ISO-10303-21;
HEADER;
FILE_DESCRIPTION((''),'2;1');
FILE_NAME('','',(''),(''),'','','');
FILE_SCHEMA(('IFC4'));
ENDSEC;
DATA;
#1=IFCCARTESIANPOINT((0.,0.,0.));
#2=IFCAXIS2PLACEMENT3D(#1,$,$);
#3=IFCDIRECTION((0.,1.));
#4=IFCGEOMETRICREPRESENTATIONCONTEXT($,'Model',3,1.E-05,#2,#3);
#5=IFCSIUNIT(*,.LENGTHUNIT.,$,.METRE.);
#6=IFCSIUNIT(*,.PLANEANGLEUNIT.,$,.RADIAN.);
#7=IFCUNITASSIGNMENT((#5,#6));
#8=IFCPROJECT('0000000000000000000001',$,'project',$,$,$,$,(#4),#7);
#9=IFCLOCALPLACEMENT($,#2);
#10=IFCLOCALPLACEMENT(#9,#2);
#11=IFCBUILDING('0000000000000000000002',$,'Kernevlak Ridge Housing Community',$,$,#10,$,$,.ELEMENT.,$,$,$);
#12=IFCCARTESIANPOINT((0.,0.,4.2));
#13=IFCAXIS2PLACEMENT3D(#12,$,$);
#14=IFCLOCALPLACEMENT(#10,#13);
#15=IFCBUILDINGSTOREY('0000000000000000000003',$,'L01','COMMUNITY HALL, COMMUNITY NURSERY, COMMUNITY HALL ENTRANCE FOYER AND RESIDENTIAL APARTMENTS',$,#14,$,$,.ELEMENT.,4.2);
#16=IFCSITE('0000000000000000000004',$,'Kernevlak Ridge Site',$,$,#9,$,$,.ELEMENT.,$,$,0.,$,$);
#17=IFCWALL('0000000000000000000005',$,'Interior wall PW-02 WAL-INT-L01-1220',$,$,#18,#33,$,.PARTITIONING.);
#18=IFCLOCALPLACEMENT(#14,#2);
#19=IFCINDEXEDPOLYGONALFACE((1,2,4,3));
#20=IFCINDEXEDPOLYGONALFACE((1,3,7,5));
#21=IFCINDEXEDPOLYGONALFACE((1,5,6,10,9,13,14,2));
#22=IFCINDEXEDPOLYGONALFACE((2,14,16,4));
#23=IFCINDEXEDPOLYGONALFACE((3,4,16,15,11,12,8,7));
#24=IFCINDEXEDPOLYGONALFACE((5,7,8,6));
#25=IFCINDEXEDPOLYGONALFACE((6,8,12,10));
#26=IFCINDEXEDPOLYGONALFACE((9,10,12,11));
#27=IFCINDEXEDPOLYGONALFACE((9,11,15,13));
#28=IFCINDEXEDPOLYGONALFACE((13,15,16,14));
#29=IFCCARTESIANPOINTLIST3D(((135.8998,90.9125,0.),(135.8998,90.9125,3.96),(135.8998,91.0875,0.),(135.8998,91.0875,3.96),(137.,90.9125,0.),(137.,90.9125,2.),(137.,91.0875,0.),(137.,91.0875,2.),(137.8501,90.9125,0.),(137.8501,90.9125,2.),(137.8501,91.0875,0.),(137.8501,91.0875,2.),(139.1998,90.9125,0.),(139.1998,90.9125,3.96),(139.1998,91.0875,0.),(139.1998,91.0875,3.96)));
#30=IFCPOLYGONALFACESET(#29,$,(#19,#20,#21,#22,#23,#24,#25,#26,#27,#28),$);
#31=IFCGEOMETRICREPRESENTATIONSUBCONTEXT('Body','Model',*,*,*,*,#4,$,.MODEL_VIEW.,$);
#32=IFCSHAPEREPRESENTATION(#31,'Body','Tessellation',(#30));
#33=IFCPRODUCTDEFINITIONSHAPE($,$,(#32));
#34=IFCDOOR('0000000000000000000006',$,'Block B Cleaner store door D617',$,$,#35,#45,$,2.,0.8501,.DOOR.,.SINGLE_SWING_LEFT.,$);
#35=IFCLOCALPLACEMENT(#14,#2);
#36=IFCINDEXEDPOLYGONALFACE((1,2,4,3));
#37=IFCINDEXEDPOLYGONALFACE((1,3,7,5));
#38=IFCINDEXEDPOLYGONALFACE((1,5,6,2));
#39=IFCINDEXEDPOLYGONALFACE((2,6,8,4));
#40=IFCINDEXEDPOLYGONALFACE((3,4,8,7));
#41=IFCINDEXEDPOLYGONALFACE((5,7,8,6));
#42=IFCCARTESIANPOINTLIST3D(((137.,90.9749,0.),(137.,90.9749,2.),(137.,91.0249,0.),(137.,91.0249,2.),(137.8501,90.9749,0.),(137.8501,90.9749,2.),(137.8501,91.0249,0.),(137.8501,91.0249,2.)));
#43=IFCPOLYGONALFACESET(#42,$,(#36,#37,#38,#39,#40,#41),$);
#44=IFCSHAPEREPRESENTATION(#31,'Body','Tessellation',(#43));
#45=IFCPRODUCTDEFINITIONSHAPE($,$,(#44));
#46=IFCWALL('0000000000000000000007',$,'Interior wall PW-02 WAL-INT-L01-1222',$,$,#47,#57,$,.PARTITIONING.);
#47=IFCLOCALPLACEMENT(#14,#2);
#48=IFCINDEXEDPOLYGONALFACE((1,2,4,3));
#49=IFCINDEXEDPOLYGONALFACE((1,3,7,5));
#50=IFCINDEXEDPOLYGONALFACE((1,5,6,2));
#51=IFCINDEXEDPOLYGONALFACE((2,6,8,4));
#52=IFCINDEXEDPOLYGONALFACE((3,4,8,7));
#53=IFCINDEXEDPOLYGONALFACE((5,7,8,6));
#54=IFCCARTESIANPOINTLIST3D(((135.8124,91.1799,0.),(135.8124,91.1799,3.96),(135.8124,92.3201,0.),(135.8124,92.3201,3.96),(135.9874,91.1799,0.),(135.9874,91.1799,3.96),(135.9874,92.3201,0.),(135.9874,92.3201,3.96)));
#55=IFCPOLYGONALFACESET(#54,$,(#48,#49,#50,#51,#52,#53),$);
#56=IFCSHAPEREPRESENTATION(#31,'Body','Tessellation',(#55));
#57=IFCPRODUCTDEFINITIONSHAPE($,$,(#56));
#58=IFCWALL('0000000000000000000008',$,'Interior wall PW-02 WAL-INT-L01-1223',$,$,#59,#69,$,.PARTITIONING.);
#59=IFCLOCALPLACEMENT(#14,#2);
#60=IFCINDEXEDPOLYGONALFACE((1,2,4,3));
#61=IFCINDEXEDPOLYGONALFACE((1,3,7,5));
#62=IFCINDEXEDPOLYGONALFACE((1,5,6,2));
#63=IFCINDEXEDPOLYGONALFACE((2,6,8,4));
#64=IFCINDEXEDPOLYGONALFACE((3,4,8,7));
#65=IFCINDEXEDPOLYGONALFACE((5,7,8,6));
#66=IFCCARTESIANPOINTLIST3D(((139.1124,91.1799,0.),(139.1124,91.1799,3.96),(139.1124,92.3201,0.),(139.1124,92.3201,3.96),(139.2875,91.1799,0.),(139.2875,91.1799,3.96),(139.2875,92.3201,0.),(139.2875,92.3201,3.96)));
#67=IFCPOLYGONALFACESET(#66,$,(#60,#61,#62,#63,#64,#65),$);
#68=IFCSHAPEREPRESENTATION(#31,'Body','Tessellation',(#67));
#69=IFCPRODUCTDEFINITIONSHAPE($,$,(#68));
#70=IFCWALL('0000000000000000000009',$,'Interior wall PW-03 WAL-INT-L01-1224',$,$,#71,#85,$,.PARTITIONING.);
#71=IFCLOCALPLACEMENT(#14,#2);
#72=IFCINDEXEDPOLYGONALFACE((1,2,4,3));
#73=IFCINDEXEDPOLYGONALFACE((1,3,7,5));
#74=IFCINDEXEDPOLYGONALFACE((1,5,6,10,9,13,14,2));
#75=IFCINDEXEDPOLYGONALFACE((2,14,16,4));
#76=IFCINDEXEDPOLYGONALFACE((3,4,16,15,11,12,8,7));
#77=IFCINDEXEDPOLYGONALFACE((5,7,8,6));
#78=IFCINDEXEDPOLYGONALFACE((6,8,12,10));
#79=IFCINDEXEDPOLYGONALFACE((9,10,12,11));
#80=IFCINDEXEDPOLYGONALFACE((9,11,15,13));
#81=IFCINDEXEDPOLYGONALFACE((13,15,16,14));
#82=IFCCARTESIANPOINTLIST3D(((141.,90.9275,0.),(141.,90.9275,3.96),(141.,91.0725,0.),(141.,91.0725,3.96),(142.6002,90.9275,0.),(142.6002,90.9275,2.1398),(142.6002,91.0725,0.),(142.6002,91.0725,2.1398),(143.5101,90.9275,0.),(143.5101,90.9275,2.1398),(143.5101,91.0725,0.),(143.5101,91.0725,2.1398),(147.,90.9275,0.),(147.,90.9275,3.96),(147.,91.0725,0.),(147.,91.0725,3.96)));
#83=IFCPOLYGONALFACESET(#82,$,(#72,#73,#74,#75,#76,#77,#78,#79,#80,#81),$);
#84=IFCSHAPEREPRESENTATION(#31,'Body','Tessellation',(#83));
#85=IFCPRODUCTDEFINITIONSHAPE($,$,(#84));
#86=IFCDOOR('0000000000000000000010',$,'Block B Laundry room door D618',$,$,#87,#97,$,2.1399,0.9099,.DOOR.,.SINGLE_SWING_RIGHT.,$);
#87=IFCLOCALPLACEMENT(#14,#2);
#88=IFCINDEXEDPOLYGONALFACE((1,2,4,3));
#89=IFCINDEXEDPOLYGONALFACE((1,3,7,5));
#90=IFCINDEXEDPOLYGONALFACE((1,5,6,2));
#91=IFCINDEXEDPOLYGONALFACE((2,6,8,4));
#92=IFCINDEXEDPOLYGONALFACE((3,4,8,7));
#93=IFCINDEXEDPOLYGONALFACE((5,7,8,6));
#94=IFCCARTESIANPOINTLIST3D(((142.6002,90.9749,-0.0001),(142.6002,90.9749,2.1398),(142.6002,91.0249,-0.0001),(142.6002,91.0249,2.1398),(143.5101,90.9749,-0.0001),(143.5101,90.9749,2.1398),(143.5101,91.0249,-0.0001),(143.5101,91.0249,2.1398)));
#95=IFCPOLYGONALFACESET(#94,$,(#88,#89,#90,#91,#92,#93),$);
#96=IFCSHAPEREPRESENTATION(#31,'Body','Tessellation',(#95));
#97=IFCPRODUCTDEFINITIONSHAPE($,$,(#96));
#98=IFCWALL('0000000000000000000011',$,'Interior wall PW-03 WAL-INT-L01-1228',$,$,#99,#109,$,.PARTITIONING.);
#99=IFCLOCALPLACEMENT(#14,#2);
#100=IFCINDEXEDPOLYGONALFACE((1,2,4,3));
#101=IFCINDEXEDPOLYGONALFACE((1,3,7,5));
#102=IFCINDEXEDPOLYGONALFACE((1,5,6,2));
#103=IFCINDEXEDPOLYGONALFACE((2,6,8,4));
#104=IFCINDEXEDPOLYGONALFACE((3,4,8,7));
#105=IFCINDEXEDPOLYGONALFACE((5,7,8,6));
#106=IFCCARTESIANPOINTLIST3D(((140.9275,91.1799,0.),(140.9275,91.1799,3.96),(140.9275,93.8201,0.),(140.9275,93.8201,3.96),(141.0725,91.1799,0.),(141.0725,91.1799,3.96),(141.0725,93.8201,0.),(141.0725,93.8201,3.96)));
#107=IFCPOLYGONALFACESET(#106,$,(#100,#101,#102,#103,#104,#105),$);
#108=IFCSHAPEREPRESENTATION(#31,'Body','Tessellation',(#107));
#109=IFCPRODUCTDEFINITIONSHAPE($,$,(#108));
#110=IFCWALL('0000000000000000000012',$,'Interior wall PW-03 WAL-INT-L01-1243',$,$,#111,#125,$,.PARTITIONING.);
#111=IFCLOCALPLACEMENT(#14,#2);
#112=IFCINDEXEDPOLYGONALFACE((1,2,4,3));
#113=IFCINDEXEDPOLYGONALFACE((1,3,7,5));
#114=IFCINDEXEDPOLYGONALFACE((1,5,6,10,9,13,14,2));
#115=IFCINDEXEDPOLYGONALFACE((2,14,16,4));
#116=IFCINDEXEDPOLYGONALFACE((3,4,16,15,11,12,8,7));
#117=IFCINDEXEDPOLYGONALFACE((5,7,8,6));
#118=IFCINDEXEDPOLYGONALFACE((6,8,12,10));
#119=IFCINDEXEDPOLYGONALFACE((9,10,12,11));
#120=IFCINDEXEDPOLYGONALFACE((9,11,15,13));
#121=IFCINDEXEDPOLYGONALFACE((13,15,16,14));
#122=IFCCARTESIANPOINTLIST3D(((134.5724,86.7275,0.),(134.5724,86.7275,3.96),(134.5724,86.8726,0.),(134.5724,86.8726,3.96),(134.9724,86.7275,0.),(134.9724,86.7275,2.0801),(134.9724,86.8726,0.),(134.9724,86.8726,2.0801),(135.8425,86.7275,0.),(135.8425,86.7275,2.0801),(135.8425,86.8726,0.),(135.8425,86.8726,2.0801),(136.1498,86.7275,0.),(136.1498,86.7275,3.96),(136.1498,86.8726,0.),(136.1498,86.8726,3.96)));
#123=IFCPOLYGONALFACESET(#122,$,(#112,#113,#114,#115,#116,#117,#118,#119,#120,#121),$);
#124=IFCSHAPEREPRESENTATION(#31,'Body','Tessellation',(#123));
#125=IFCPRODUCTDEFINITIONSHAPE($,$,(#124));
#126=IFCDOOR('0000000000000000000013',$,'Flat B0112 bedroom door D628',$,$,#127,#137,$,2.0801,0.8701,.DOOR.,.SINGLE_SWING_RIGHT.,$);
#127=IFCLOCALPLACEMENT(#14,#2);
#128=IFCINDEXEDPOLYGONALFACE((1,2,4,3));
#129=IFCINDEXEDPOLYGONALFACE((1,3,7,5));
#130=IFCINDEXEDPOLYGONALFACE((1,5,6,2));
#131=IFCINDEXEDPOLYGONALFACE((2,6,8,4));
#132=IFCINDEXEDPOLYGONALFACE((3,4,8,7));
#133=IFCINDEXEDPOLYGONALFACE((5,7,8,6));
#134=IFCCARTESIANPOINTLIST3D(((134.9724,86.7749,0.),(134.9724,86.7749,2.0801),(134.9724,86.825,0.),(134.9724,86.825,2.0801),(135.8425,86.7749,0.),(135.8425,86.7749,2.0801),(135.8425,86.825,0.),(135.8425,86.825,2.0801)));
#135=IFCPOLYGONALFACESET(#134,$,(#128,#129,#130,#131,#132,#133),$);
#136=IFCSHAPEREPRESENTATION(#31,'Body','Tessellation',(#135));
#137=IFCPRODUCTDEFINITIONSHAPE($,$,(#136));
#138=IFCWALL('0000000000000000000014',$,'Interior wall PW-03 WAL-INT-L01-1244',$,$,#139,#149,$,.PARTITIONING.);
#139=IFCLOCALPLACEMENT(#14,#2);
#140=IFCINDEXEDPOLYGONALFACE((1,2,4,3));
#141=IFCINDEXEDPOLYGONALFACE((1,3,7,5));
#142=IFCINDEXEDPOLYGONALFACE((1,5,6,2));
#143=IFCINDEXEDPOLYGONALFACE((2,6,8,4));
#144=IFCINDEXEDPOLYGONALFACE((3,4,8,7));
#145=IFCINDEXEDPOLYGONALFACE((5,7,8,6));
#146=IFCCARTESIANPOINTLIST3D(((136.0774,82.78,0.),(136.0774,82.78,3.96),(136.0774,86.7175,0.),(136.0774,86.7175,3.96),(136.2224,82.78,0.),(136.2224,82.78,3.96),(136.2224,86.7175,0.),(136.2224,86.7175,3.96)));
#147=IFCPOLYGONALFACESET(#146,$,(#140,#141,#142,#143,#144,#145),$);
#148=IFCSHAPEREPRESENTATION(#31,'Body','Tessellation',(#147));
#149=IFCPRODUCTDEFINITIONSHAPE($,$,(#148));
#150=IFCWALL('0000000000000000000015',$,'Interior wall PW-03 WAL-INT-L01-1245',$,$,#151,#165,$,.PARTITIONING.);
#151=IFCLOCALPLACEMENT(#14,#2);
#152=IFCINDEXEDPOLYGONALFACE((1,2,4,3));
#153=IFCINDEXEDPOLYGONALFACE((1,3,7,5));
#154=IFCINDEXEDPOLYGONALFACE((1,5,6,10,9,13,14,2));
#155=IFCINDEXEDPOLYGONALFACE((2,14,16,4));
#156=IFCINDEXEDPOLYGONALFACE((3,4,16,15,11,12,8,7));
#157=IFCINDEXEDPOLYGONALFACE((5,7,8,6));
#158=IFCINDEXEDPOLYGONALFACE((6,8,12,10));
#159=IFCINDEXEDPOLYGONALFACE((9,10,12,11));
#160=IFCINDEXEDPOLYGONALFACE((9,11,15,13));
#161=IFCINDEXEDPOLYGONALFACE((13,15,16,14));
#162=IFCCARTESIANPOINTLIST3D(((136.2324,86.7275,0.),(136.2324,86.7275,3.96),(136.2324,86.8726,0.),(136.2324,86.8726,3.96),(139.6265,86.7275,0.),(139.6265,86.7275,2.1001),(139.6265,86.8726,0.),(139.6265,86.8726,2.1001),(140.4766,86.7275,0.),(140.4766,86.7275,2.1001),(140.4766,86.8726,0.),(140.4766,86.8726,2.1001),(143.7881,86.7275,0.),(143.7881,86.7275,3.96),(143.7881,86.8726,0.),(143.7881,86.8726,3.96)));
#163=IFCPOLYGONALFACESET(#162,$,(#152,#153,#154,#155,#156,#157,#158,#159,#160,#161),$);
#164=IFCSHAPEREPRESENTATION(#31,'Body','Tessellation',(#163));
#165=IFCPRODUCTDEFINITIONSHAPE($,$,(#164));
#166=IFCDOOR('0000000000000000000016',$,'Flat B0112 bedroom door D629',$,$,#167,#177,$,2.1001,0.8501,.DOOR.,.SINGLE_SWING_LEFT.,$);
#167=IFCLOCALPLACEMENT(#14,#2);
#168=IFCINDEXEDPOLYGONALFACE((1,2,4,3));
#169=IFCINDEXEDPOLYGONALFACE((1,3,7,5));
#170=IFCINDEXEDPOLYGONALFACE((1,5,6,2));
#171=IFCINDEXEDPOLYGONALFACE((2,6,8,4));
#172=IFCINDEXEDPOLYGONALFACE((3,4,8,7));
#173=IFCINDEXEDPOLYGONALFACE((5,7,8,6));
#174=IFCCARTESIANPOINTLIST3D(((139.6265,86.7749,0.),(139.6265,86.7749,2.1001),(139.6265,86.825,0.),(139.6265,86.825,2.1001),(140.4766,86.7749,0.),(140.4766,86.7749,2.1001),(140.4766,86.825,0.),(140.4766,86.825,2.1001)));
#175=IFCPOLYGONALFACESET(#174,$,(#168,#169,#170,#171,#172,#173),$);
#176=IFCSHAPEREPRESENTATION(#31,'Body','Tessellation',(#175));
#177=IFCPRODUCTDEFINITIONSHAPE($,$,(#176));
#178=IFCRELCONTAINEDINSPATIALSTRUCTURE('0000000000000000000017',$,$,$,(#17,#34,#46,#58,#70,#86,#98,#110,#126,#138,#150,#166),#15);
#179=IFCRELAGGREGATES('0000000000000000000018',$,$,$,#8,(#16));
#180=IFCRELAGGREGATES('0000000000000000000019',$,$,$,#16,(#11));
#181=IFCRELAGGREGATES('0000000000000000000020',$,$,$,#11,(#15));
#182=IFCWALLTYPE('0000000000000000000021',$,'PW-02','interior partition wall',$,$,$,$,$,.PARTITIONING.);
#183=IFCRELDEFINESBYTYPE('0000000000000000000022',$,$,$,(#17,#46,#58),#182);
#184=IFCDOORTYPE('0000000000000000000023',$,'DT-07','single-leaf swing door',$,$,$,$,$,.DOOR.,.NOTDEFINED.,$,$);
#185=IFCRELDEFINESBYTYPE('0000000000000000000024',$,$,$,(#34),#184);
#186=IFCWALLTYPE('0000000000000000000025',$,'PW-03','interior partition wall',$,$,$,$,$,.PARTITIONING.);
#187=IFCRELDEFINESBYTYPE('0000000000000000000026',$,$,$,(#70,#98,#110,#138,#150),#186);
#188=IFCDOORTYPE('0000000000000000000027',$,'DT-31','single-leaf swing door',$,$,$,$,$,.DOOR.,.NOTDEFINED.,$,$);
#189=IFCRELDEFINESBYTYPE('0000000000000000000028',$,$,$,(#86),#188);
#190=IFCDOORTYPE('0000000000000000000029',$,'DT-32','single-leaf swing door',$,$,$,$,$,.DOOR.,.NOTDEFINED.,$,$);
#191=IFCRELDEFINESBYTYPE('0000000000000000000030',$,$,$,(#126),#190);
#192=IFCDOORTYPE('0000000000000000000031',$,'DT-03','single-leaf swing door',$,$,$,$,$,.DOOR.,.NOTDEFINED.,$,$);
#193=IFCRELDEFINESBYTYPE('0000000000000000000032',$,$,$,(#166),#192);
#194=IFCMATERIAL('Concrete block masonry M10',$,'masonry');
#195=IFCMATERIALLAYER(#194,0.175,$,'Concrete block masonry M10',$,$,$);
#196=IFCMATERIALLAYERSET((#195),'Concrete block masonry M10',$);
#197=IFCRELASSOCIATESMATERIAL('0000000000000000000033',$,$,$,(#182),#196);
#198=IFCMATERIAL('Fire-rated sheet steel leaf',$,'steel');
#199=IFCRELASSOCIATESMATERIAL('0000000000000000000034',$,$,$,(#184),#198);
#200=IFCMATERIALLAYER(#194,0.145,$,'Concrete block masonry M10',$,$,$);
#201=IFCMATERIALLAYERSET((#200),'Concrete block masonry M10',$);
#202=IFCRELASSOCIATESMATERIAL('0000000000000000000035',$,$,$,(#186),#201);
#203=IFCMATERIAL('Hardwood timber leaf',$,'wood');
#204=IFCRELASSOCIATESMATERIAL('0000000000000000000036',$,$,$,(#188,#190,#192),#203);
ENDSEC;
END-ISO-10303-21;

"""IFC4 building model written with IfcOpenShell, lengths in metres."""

from ifc_helpers import new_model, si_unit, direction, frame, frame_2d, origin, place, context, subcontext, project, spatial, rectangle, extrude, material, layer, layer_set, type_object, element, fill, save


model = new_model("IFC4")

# Units and contexts
model_context = context("Model", 3, precision=1e-05, world=origin(), true_north=direction((0.0, 1.0)))
body_context = subcontext(model_context, "Body", "Model", "MODEL_VIEW")
ifc_project = project(units=[si_unit("LENGTHUNIT", "METRE"), si_unit("PLANEANGLEUNIT", "RADIAN")], contexts=[model_context])

# Site, building, storey
site_placement = place(None, origin())
site = spatial("IfcSite", under=ifc_project, at=site_placement, Name="Kernevlak Ridge Site", CompositionType="ELEMENT", RefElevation=0.0)
building_placement = place(site_placement, origin())
building = spatial("IfcBuilding", under=site, at=building_placement, Name="Kernevlak Ridge Housing Community", CompositionType="ELEMENT")
storey_placement = place(building_placement, frame((0.0, 0.0, 4.2)))
storey = spatial("IfcBuildingStorey", under=building, at=storey_placement, Name="L01", Description="COMMUNITY HALL, COMMUNITY NURSERY, COMMUNITY HALL ENTRANCE FOYER AND RESIDENTIAL APARTMENTS", CompositionType="ELEMENT", Elevation=4.2)

# Shared definitions
ifc_material_1 = material(Name="Concrete block masonry M10", Category="masonry")

# Wall, opening, door
ifc_layer_1 = layer(ifc_material_1, 0.175, Name="Concrete block masonry M10")
ifc_layer_set_1 = layer_set([ifc_layer_1], Name="Concrete block masonry M10")
wall_type_1 = type_object("IfcWallType", Name="PW-02", Description="interior partition wall", PredefinedType="PARTITIONING", material=ifc_layer_set_1)
wall_1_placement = place(storey_placement, frame((135.8999, 91.0, 0.0), z_axis=(0.0, 0.0, 1.0), x_axis=(1.0, 0.0, 0.0)))
wall_1 = element("IfcWall", 1, at=wall_1_placement, inside=storey, type_object=wall_type_1, Name="Interior wall PW-02 WAL-INT-L01-1220", PredefinedType="PARTITIONING", context=body_context, shape_type="SweptSolid", body=[
    extrude(rectangle(XDim=3.3, YDim=0.175, at=frame_2d((1.6499, 0.0))), origin(), (0.0, 0.0, 1.0), 3.96),
])
opening_1_placement = place(wall_1_placement, frame((1.1001, 0.0, 0.0)))
opening_1 = element("IfcOpeningElement", 2, at=opening_1_placement, cuts=wall_1, PredefinedType="OPENING", context=body_context, shape_type="SweptSolid", body=[
    extrude(rectangle(XDim=0.8501, YDim=2.0, at=frame_2d((0.425, 1.0))), frame((0.0, 0.0974, 0.0), z_axis=(0.0, -1.0, 0.0), x_axis=(1.0, 0.0, 0.0)), (0.0, 0.0, 1.0), 0.1951),
])
ifc_material_2 = material(Name="Fire-rated sheet steel leaf", Category="steel")
door_type_1 = type_object("IfcDoorType", Name="DT-07", Description="single-leaf swing door", OperationType="NOTDEFINED", PredefinedType="DOOR", material=ifc_material_2)
door_1_placement = place(opening_1_placement, origin())
door_1 = element("IfcDoor", 3, at=door_1_placement, inside=storey, type_object=door_type_1, Name="Block B Cleaner store door D617", OperationType="SINGLE_SWING_LEFT", OverallHeight=2.0, OverallWidth=0.8501, PredefinedType="DOOR", context=body_context, shape_type="SweptSolid", body=[
    extrude(rectangle(XDim=0.8501, YDim=2.0, at=frame_2d((0.425, 1.0))), frame((0.0, 0.0249, 0.0), z_axis=(0.0, -1.0, 0.0), x_axis=(1.0, 0.0, 0.0)), (0.0, 0.0, 1.0), 0.05),
])
fill(opening_1, door_1)

# Walls
for number, where, z_axis, x_axis, name in (
    (4, (135.8999, 91.1799, 0.0), (0.0, 0.0, 1.0), (0.0, 1.0, 0.0), "Interior wall PW-02 WAL-INT-L01-1222"),
    (5, (139.2, 91.1799, 0.0), (0.0, 0.0, 1.0), (0.0, 1.0, 0.0), "Interior wall PW-02 WAL-INT-L01-1223"),
):
    element("IfcWall", number, at=place(storey_placement, frame(where, z_axis=z_axis, x_axis=x_axis)), inside=storey, type_object=wall_type_1, Name=name, PredefinedType="PARTITIONING", context=body_context, shape_type="SweptSolid", body=[
        extrude(rectangle(XDim=1.1401, YDim=0.175, at=frame_2d((0.5701, 0.0))), origin(), (0.0, 0.0, 1.0), 3.96),
    ])

# Wall, opening, door
ifc_layer_2 = layer(ifc_material_1, 0.145, Name="Concrete block masonry M10")
ifc_layer_set_2 = layer_set([ifc_layer_2], Name="Concrete block masonry M10")
wall_type_2 = type_object("IfcWallType", Name="PW-03", Description="interior partition wall", PredefinedType="PARTITIONING", material=ifc_layer_set_2)
wall_2_placement = place(storey_placement, frame((141.0, 91.0, 0.0), z_axis=(0.0, 0.0, 1.0), x_axis=(1.0, 0.0, 0.0)))
wall_2 = element("IfcWall", 6, at=wall_2_placement, inside=storey, type_object=wall_type_2, Name="Interior wall PW-03 WAL-INT-L01-1224", PredefinedType="PARTITIONING", context=body_context, shape_type="SweptSolid", body=[
    extrude(rectangle(XDim=6.0, YDim=0.145, at=frame_2d((3.0, 0.0))), origin(), (0.0, 0.0, 1.0), 3.96),
])
opening_2_placement = place(wall_2_placement, frame((1.6001, 0.0, 0.0)))
opening_2 = element("IfcOpeningElement", 7, at=opening_2_placement, cuts=wall_2, PredefinedType="OPENING", context=body_context, shape_type="SweptSolid", body=[
    extrude(rectangle(XDim=0.9099, YDim=2.1399, at=frame_2d((0.4551, 1.0698))), frame((0.0, 0.0825, 0.0), z_axis=(0.0, -1.0, 0.0), x_axis=(1.0, 0.0, 0.0)), (0.0, 0.0, 1.0), 0.165),
])
ifc_material_3 = material(Name="Hardwood timber leaf", Category="wood")
door_type_2 = type_object("IfcDoorType", Name="DT-31", Description="single-leaf swing door", OperationType="NOTDEFINED", PredefinedType="DOOR", material=ifc_material_3)
door_2_placement = place(opening_2_placement, origin())
door_2 = element("IfcDoor", 8, at=door_2_placement, inside=storey, type_object=door_type_2, Name="Block B Laundry room door D618", OperationType="SINGLE_SWING_RIGHT", OverallHeight=2.1399, OverallWidth=0.9099, PredefinedType="DOOR", context=body_context, shape_type="SweptSolid", body=[
    extrude(rectangle(XDim=0.9099, YDim=2.1399, at=frame_2d((0.4551, 1.0698))), frame((0.0, 0.0249, 0.0), z_axis=(0.0, -1.0, 0.0), x_axis=(1.0, 0.0, 0.0)), (0.0, 0.0, 1.0), 0.05),
])
fill(opening_2, door_2)

# Wall
wall_3_placement = place(storey_placement, frame((141.0, 91.1799, 0.0), z_axis=(0.0, 0.0, 1.0), x_axis=(0.0, 1.0, 0.0)))
element("IfcWall", 9, at=wall_3_placement, inside=storey, type_object=wall_type_2, Name="Interior wall PW-03 WAL-INT-L01-1228", PredefinedType="PARTITIONING", context=body_context, shape_type="SweptSolid", body=[
    extrude(rectangle(XDim=2.6401, YDim=0.145, at=frame_2d((1.3201, 0.0))), origin(), (0.0, 0.0, 1.0), 3.96),
])

# Wall, opening, door
wall_4_placement = place(storey_placement, frame((134.5725, 86.8, 0.0), z_axis=(0.0, 0.0, 1.0), x_axis=(1.0, 0.0, 0.0)))
wall_4 = element("IfcWall", 10, at=wall_4_placement, inside=storey, type_object=wall_type_2, Name="Interior wall PW-03 WAL-INT-L01-1243", PredefinedType="PARTITIONING", context=body_context, shape_type="SweptSolid", body=[
    extrude(rectangle(XDim=1.5774, YDim=0.145, at=frame_2d((0.7886, 0.0))), origin(), (0.0, 0.0, 1.0), 3.96),
])
opening_3_placement = place(wall_4_placement, frame((0.3999, 0.0, 0.0)))
opening_3 = element("IfcOpeningElement", 11, at=opening_3_placement, cuts=wall_4, PredefinedType="OPENING", context=body_context, shape_type="SweptSolid", body=[
    extrude(rectangle(XDim=0.8701, YDim=2.0801, at=frame_2d((0.4351, 1.04))), frame((0.0, 0.0825, 0.0), z_axis=(0.0, -1.0, 0.0), x_axis=(1.0, 0.0, 0.0)), (0.0, 0.0, 1.0), 0.165),
])
door_type_3 = type_object("IfcDoorType", Name="DT-32", Description="single-leaf swing door", OperationType="NOTDEFINED", PredefinedType="DOOR", material=ifc_material_3)
door_3_placement = place(opening_3_placement, origin())
door_3 = element("IfcDoor", 12, at=door_3_placement, inside=storey, type_object=door_type_3, Name="Flat B0112 bedroom door D628", OperationType="SINGLE_SWING_RIGHT", OverallHeight=2.0801, OverallWidth=0.8701, PredefinedType="DOOR", context=body_context, shape_type="SweptSolid", body=[
    extrude(rectangle(XDim=0.8701, YDim=2.0801, at=frame_2d((0.4351, 1.04))), frame((0.0, 0.0249, 0.0), z_axis=(0.0, -1.0, 0.0), x_axis=(1.0, 0.0, 0.0)), (0.0, 0.0, 1.0), 0.05),
])
fill(opening_3, door_3)

# Wall
wall_5_placement = place(storey_placement, frame((136.1499, 86.7175, 0.0), z_axis=(0.0, 0.0, 1.0), x_axis=(0.0, -1.0, 0.0)))
element("IfcWall", 13, at=wall_5_placement, inside=storey, type_object=wall_type_2, Name="Interior wall PW-03 WAL-INT-L01-1244", PredefinedType="PARTITIONING", context=body_context, shape_type="SweptSolid", body=[
    extrude(rectangle(XDim=3.9375, YDim=0.145, at=frame_2d((1.9688, 0.0))), origin(), (0.0, 0.0, 1.0), 3.96),
])

# Wall, opening, door
wall_6_placement = place(storey_placement, frame((136.2324, 86.8, 0.0), z_axis=(0.0, 0.0, 1.0), x_axis=(1.0, 0.0, 0.0)))
wall_6 = element("IfcWall", 14, at=wall_6_placement, inside=storey, type_object=wall_type_2, Name="Interior wall PW-03 WAL-INT-L01-1245", PredefinedType="PARTITIONING", context=body_context, shape_type="SweptSolid", body=[
    extrude(rectangle(XDim=7.5557, YDim=0.145, at=frame_2d((3.7778, 0.0))), origin(), (0.0, 0.0, 1.0), 3.96),
])
opening_4_placement = place(wall_6_placement, frame((3.394, 0.0, 0.0)))
opening_4 = element("IfcOpeningElement", 15, at=opening_4_placement, cuts=wall_6, PredefinedType="OPENING", context=body_context, shape_type="SweptSolid", body=[
    extrude(rectangle(XDim=0.8501, YDim=2.1001, at=frame_2d((0.425, 1.05))), frame((0.0, 0.0825, 0.0), z_axis=(0.0, -1.0, 0.0), x_axis=(1.0, 0.0, 0.0)), (0.0, 0.0, 1.0), 0.165),
])
door_type_4 = type_object("IfcDoorType", Name="DT-03", Description="single-leaf swing door", OperationType="NOTDEFINED", PredefinedType="DOOR", material=ifc_material_3)
door_4_placement = place(opening_4_placement, origin())
door_4 = element("IfcDoor", 16, at=door_4_placement, inside=storey, type_object=door_type_4, Name="Flat B0112 bedroom door D629", OperationType="SINGLE_SWING_LEFT", OverallHeight=2.1001, OverallWidth=0.8501, PredefinedType="DOOR", context=body_context, shape_type="SweptSolid", body=[
    extrude(rectangle(XDim=0.8501, YDim=2.1001, at=frame_2d((0.425, 1.05))), frame((0.0, 0.0249, 0.0), z_axis=(0.0, -1.0, 0.0), x_axis=(1.0, 0.0, 0.0)), (0.0, 0.0, 1.0), 0.05),
])
fill(opening_4, door_4)

save(model, "model.ifc")
